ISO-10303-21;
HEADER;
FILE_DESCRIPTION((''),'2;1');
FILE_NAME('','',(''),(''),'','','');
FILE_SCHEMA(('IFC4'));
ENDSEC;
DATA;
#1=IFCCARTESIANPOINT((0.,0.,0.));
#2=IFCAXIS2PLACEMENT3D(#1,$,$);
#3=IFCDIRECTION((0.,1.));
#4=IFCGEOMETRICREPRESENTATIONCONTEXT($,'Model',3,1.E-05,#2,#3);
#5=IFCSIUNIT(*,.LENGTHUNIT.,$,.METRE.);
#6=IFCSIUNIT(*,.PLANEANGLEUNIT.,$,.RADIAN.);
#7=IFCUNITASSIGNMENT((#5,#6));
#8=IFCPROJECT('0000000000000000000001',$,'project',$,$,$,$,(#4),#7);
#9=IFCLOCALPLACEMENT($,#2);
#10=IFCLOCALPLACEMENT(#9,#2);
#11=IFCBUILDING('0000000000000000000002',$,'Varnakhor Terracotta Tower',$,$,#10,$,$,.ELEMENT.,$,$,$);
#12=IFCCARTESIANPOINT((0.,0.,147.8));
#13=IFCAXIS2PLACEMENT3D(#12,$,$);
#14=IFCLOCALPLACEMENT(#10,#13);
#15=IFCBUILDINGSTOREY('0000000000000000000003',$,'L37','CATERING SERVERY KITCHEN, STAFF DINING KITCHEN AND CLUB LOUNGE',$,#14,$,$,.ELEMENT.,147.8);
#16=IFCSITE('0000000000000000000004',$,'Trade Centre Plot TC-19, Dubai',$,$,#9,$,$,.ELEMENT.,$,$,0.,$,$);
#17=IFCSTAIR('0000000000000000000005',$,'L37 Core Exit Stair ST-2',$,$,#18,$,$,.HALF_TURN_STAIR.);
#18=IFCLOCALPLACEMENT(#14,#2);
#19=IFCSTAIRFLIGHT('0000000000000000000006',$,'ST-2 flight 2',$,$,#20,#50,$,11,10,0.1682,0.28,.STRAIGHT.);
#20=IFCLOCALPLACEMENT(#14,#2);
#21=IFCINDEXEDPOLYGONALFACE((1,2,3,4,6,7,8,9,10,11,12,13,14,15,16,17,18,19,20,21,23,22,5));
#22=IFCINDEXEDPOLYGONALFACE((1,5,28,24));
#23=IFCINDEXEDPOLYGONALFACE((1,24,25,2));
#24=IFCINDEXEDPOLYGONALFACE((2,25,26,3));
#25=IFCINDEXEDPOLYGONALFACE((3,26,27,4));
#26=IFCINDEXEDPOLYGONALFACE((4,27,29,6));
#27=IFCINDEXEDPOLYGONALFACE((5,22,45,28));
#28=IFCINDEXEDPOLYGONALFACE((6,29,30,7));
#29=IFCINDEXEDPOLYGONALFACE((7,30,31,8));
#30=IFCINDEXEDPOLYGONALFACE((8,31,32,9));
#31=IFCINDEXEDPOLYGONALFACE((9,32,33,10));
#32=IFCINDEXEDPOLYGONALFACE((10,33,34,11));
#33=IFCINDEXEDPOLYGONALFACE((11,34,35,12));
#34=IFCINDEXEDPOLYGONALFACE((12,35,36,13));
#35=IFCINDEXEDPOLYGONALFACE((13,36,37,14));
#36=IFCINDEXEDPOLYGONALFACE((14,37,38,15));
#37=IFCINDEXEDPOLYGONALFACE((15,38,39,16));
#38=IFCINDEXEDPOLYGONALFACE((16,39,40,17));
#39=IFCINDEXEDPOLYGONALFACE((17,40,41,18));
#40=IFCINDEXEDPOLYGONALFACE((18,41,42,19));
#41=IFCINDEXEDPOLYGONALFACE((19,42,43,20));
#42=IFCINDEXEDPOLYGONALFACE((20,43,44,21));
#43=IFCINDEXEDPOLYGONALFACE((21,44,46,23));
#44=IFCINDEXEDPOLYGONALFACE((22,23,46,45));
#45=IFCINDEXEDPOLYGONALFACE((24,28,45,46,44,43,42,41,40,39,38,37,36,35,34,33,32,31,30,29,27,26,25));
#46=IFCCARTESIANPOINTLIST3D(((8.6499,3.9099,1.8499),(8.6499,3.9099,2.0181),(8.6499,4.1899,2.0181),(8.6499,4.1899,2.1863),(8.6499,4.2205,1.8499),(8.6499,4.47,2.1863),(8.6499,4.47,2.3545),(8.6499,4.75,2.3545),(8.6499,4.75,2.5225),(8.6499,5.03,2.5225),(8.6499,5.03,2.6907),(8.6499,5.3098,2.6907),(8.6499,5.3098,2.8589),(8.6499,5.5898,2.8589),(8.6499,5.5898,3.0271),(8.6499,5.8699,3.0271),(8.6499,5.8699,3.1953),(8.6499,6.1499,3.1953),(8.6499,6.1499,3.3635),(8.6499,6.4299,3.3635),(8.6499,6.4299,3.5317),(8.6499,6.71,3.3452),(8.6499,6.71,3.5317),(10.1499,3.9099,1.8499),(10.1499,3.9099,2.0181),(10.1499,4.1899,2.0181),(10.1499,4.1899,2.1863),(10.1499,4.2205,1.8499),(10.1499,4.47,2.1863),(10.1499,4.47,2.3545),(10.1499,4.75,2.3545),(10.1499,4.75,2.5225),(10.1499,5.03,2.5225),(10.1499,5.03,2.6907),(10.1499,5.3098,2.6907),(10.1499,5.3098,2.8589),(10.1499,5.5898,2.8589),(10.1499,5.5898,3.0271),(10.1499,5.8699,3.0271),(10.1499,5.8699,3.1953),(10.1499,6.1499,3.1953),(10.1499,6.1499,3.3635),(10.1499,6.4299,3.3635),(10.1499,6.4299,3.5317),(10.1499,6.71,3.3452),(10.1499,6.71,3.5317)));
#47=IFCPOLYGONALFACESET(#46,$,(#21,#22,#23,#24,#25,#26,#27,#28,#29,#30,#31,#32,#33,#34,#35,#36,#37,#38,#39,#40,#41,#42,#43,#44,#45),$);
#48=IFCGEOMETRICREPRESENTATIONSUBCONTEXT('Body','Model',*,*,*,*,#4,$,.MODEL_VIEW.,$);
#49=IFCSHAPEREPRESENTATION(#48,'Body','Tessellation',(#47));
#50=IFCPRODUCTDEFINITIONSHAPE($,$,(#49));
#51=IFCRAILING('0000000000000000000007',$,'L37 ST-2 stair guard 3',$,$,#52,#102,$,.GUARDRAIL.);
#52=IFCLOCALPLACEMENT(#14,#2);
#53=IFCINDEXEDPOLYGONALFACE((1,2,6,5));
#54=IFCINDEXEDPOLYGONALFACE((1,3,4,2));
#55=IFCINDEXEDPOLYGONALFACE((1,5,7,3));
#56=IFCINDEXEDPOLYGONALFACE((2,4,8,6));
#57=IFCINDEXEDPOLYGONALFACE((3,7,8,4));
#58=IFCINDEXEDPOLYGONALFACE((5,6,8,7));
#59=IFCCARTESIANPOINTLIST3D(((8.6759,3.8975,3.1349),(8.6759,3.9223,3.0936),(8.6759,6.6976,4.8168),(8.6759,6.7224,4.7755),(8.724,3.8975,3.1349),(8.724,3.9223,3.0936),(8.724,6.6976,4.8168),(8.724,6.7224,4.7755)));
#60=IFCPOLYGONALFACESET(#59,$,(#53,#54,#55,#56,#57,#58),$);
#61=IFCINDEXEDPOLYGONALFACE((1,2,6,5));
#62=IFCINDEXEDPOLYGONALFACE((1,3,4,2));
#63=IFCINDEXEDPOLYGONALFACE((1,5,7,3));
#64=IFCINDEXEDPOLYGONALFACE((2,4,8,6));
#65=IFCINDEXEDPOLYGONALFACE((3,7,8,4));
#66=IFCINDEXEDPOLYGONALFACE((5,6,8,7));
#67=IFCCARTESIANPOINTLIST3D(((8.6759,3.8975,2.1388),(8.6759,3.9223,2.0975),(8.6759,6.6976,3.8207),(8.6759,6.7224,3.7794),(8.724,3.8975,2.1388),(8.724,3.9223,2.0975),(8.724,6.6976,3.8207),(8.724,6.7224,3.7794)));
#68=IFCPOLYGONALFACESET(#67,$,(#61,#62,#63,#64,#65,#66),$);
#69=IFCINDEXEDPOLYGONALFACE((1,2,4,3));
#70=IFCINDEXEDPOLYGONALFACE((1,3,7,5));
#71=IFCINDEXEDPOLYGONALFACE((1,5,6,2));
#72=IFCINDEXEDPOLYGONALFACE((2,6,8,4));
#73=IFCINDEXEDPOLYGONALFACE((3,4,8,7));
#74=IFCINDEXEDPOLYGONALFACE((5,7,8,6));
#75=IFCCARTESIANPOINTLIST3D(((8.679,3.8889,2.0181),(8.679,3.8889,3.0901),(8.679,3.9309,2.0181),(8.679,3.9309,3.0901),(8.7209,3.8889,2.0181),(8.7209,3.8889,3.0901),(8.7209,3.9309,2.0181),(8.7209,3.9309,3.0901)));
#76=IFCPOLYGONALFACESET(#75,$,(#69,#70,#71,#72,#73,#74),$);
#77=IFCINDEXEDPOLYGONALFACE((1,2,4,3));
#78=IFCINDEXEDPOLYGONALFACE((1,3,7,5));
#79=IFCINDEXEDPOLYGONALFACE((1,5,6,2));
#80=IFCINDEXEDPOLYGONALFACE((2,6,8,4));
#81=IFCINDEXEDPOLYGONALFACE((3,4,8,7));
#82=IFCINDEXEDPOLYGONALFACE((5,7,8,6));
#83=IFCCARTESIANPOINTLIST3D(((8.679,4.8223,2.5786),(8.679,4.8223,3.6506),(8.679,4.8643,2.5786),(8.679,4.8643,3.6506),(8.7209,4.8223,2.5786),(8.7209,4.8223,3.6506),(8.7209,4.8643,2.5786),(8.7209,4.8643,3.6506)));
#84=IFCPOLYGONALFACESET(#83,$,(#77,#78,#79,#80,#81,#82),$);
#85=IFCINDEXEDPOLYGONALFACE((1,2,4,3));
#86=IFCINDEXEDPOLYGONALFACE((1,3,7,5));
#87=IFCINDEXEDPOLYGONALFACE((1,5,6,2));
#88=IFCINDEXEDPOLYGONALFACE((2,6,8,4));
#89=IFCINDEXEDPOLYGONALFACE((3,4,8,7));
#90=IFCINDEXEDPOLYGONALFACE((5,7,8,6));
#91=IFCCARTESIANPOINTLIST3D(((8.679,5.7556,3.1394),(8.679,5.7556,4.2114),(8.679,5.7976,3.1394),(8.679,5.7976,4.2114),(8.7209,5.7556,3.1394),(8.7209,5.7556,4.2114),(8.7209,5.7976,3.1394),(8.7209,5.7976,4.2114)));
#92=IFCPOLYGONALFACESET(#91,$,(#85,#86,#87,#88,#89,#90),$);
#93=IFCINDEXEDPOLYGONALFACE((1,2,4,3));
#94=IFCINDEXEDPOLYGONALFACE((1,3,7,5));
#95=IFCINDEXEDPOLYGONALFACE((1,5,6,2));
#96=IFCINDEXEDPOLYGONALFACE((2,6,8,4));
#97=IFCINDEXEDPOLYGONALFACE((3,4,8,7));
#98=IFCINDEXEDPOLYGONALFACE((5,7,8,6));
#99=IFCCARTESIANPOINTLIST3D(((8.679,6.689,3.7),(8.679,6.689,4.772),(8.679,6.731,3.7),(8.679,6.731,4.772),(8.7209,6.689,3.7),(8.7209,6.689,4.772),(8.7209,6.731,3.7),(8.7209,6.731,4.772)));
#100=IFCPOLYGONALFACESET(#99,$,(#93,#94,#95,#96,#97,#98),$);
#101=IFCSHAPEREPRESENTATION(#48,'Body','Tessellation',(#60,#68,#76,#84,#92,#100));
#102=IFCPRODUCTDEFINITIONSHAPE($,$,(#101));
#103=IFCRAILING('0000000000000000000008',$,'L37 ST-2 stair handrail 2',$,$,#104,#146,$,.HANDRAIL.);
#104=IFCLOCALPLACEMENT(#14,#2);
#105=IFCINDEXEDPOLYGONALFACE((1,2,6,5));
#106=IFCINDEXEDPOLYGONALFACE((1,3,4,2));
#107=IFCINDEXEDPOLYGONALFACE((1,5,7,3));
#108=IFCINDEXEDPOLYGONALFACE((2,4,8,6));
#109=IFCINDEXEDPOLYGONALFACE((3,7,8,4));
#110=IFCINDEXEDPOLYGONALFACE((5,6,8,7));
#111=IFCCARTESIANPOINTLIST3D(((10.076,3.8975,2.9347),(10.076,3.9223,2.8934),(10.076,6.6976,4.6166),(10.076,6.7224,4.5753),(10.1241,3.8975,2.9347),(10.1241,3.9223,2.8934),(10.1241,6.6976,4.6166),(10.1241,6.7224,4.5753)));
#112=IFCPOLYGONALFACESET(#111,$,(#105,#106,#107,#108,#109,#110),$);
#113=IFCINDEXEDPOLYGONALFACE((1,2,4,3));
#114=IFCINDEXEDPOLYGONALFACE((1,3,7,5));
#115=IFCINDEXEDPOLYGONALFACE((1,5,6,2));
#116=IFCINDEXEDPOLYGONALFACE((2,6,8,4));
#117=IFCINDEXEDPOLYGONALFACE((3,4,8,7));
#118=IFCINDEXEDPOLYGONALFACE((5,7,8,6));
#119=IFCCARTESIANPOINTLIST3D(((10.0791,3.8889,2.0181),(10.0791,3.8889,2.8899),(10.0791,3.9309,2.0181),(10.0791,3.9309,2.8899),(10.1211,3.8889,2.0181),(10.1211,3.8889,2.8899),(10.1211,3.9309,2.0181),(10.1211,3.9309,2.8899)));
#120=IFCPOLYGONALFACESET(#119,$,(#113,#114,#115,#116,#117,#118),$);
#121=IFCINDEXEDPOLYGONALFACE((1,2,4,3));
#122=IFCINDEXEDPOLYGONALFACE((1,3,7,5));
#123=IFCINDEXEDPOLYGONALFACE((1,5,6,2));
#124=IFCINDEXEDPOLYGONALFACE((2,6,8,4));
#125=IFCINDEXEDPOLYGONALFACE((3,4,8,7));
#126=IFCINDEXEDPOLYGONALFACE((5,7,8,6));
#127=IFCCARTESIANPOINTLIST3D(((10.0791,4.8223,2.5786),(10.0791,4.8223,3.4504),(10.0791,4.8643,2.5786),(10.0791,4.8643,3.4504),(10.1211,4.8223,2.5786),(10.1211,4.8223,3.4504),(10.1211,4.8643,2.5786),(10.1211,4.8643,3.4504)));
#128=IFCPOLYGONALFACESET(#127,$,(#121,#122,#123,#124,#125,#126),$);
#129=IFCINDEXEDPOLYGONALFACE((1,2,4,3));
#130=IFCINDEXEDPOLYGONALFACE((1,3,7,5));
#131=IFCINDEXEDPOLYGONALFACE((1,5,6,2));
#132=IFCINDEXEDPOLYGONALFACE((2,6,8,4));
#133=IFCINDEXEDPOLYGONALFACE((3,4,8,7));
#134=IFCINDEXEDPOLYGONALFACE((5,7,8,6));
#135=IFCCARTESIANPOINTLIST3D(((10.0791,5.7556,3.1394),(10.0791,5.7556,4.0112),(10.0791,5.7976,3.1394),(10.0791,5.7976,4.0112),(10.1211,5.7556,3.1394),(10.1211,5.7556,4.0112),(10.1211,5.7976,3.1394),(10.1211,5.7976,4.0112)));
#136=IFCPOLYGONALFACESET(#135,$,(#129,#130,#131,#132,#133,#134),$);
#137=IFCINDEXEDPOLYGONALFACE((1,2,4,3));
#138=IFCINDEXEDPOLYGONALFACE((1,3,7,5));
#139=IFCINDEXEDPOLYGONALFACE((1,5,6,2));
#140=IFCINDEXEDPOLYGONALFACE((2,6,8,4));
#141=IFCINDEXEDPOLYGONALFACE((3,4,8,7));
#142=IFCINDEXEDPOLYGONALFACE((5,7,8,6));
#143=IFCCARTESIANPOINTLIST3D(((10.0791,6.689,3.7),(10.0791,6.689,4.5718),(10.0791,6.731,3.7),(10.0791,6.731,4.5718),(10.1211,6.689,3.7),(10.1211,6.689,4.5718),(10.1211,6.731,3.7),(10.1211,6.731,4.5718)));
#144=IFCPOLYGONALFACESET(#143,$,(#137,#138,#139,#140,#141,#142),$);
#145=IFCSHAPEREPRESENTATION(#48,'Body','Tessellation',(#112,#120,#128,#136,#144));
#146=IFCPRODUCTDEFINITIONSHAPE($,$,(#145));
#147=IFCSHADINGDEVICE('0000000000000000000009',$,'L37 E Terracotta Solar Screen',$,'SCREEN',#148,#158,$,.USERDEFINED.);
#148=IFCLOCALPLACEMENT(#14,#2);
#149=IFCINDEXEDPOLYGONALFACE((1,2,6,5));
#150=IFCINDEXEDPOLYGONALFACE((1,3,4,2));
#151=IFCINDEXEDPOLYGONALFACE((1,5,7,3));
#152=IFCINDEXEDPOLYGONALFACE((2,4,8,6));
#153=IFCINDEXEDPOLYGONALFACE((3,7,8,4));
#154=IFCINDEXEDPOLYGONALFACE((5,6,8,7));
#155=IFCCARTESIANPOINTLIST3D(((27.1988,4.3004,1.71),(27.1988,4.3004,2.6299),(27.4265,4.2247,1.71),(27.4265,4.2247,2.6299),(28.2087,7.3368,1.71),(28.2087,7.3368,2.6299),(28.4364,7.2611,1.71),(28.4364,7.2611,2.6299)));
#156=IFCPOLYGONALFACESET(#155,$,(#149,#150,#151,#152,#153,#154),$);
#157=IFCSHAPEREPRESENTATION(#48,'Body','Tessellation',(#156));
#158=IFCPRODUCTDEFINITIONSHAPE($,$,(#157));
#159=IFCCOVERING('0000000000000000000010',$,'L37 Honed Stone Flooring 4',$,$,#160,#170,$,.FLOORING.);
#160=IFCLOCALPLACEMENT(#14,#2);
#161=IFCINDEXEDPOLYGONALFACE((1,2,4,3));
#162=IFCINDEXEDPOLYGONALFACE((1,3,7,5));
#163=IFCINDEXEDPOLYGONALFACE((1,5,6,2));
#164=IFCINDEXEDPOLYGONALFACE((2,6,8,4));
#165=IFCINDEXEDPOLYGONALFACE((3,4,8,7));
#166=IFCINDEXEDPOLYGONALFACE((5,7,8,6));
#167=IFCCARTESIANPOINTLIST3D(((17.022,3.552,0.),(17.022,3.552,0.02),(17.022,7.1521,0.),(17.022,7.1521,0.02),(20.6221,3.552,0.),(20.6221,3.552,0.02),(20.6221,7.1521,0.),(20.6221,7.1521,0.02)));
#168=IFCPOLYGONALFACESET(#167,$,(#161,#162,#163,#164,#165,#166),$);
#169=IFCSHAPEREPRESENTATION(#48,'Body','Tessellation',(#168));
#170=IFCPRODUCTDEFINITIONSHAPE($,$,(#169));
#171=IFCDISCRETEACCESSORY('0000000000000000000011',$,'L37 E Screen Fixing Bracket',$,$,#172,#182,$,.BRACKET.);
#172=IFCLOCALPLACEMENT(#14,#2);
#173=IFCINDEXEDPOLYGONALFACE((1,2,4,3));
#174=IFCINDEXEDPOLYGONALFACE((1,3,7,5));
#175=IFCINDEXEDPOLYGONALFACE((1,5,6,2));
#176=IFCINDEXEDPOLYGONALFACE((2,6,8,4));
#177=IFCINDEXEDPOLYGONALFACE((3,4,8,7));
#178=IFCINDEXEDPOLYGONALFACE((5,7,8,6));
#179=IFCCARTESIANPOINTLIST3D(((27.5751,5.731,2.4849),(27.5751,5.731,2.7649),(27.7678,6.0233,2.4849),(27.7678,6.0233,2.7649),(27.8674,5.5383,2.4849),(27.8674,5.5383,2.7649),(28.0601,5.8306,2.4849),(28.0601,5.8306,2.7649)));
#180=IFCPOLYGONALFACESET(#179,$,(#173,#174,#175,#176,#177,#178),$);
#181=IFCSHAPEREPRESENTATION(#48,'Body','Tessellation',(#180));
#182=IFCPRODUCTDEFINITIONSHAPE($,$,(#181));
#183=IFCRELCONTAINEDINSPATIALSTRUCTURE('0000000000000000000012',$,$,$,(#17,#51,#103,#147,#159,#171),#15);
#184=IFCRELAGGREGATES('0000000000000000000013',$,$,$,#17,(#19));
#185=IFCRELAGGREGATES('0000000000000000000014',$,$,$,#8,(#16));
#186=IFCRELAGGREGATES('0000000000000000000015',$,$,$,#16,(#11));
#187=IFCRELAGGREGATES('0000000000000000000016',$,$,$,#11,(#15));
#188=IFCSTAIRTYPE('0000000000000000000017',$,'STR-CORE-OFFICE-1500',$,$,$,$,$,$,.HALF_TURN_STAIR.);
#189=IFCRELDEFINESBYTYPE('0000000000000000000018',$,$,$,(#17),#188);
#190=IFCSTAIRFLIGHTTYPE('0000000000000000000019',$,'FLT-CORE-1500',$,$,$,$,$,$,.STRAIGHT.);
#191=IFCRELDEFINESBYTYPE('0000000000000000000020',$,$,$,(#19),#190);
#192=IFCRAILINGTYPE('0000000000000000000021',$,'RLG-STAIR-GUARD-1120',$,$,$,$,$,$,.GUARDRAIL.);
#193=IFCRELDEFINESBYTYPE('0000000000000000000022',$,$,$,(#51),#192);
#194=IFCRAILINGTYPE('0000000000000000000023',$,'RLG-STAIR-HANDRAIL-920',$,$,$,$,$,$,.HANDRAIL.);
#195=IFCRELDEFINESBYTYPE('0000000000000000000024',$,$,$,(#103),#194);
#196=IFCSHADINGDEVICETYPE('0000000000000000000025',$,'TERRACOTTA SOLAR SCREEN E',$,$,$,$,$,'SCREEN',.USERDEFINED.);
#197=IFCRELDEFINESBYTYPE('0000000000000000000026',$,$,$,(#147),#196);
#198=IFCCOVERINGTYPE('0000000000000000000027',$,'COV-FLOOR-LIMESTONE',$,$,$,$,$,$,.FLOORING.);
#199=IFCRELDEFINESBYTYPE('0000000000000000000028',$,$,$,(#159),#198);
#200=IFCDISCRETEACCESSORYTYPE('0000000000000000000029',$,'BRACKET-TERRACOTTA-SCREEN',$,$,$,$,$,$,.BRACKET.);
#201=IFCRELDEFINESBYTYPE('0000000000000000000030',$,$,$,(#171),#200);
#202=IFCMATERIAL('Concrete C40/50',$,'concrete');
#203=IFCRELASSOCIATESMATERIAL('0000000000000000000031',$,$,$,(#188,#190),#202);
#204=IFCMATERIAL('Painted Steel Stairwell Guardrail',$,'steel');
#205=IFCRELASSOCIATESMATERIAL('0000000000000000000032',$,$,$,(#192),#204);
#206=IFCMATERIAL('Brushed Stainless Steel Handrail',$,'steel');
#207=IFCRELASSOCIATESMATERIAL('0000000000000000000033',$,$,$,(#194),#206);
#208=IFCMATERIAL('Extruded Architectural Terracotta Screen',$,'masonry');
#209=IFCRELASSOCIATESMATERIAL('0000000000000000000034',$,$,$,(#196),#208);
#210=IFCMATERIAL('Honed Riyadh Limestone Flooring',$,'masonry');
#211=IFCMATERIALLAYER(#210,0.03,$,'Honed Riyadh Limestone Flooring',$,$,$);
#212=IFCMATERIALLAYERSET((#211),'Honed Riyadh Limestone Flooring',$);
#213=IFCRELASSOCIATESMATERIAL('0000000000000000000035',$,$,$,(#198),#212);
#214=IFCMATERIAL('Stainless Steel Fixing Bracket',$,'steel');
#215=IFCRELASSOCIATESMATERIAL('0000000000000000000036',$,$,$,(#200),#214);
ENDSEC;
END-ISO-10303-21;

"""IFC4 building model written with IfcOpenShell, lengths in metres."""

from ifc_helpers import new_model, si_unit, direction, frame, origin, origin_2d, place, context, subcontext, project, spatial, polyline, rectangle, outline, extrude, source, transform, mapped, material, layer, layer_set, type_object, type_shapes, element, aggregate, save


model = new_model("IFC4")

# Units and contexts
model_context = context("Model", 3, precision=1e-05, world=origin(), true_north=direction((0.0, 1.0)))
body_context = subcontext(model_context, "Body", "Model", "MODEL_VIEW")
ifc_project = project(units=[si_unit("LENGTHUNIT", "METRE"), si_unit("PLANEANGLEUNIT", "RADIAN")], contexts=[model_context])

# Site, building, storey
site_placement = place(None, origin())
site = spatial("IfcSite", under=ifc_project, at=site_placement, Name="Trade Centre Plot TC-19, Dubai", CompositionType="ELEMENT", RefElevation=0.0)
building_placement = place(site_placement, origin())
building = spatial("IfcBuilding", under=site, at=building_placement, Name="Varnakhor Terracotta Tower", CompositionType="ELEMENT")
storey_placement = place(building_placement, frame((0.0, 0.0, 147.8)))
storey = spatial("IfcBuildingStorey", under=building, at=storey_placement, Name="L37", Description="CATERING SERVERY KITCHEN, STAFF DINING KITCHEN AND CLUB LOUNGE", CompositionType="ELEMENT", Elevation=147.8)

# Stair, stair flight
ifc_material_1 = material(Name="Concrete C40/50", Category="concrete")
stair_type = type_object("IfcStairType", Name="STR-CORE-OFFICE-1500", PredefinedType="HALF_TURN_STAIR", material=ifc_material_1)
stair_placement = place(storey_placement, origin())
stair = element("IfcStair", 1, at=stair_placement, inside=storey, type_object=stair_type, Name="L37 Core Exit Stair ST-2", PredefinedType="HALF_TURN_STAIR")
stair_flight_type = type_object("IfcStairFlightType", Name="FLT-CORE-1500", PredefinedType="STRAIGHT", material=ifc_material_1)
stair_flight_placement = place(storey_placement, frame((9.3999, 3.9099, 1.8499), z_axis=(0.0, 0.0, 1.0), x_axis=(0.0, 1.0, 0.0)))
stair_flight = element("IfcStairFlight", 2, at=stair_flight_placement, type_object=stair_flight_type, Name="ST-2 flight 2", NumberOfRisers=11, NumberOfTreads=10, PredefinedType="STRAIGHT", RiserHeight=0.1682, TreadLength=0.28, context=body_context, shape_type="SweptSolid", body=[
    extrude(outline(polyline([(0.0, 0.0), (0.0, 0.1682), (0.28, 0.1682), (0.28, 0.3364), (0.5601, 0.3364), (0.5601, 0.5046), (0.8401, 0.5046), (0.8401, 0.6726), (1.1201, 0.6726), (1.1201, 0.8408), (1.3999, 0.8408), (1.3999, 1.009), (1.6799, 1.009), (1.6799, 1.1772), (1.96, 1.1772), (1.96, 1.3455), (2.24, 1.3455), (2.24, 1.5137), (2.52, 1.5137), (2.52, 1.6819), (2.8, 1.6819), (2.8, 1.8501), (2.8, 1.4954), (0.3105, 0.0), (0.0, 0.0)])), frame((0.0, 0.75, 0.0), z_axis=(0.0, -1.0, 0.0), x_axis=(1.0, 0.0, 0.0)), (0.0, 0.0, 1.0), 1.5),
])
aggregate(stair, [stair_flight])

# Railings
ifc_material_2 = material(Name="Painted Steel Stairwell Guardrail", Category="steel")
railing_type_1 = type_object("IfcRailingType", Name="RLG-STAIR-GUARD-1120", PredefinedType="GUARDRAIL", material=ifc_material_2)
railing_1_placement = place(storey_placement, frame((8.7, 3.9099, 2.0181)))
element("IfcRailing", 3, at=railing_1_placement, inside=storey, type_object=railing_type_1, Name="L37 ST-2 stair guard 3", PredefinedType="GUARDRAIL", context=body_context, shape_type="SweptSolid", body=[
    extrude(rectangle(XDim=0.0481, YDim=0.0481, at=origin_2d()), frame((0.0, 0.0, 1.0962), z_axis=(0.0, 0.857242, 0.514913), x_axis=(-1.0, 0.0, 0.0)), (0.0, 0.0, 1.0), 3.2664),
    extrude(rectangle(XDim=0.0481, YDim=0.0481, at=origin_2d()), frame((0.0, 0.0, 0.1001), z_axis=(0.0, 0.857242, 0.514913), x_axis=(-1.0, 0.0, 0.0)), (0.0, 0.0, 1.0), 3.2664),
    extrude(rectangle(XDim=0.042, YDim=0.042, at=origin_2d()), origin(), (0.0, 0.0, 1.0), 1.072),
    extrude(rectangle(XDim=0.042, YDim=0.042, at=origin_2d()), frame((0.0, 0.9333, 0.5605)), (0.0, 0.0, 1.0), 1.072),
    extrude(rectangle(XDim=0.042, YDim=0.042, at=origin_2d()), frame((0.0, 1.8667, 1.1213)), (0.0, 0.0, 1.0), 1.072),
    extrude(rectangle(XDim=0.042, YDim=0.042, at=origin_2d()), frame((0.0, 2.8, 1.6819)), (0.0, 0.0, 1.0), 1.072),
])
ifc_material_3 = material(Name="Brushed Stainless Steel Handrail", Category="steel")
railing_type_2 = type_object("IfcRailingType", Name="RLG-STAIR-HANDRAIL-920", PredefinedType="HANDRAIL", material=ifc_material_3)
railing_2_placement = place(storey_placement, frame((10.1001, 3.9099, 2.0181)))
element("IfcRailing", 4, at=railing_2_placement, inside=storey, type_object=railing_type_2, Name="L37 ST-2 stair handrail 2", PredefinedType="HANDRAIL", context=body_context, shape_type="SweptSolid", body=[
    extrude(rectangle(XDim=0.0481, YDim=0.0481, at=origin_2d()), frame((0.0, 0.0, 0.896), z_axis=(0.0, 0.857242, 0.514913), x_axis=(-1.0, 0.0, 0.0)), (0.0, 0.0, 1.0), 3.2664),
    extrude(rectangle(XDim=0.042, YDim=0.042, at=origin_2d()), origin(), (0.0, 0.0, 1.0), 0.8718),
    extrude(rectangle(XDim=0.042, YDim=0.042, at=origin_2d()), frame((0.0, 0.9333, 0.5605)), (0.0, 0.0, 1.0), 0.8718),
    extrude(rectangle(XDim=0.042, YDim=0.042, at=origin_2d()), frame((0.0, 1.8667, 1.1213)), (0.0, 0.0, 1.0), 0.8718),
    extrude(rectangle(XDim=0.042, YDim=0.042, at=origin_2d()), frame((0.0, 2.8, 1.6819)), (0.0, 0.0, 1.0), 0.8718),
])

# Shading device
ifc_material_4 = material(Name="Extruded Architectural Terracotta Screen", Category="masonry")
shading_device_type = type_object("IfcShadingDeviceType", Name="TERRACOTTA SOLAR SCREEN E", ElementType="SCREEN", PredefinedType="USERDEFINED", material=ifc_material_4)
shared_shape_1 = source(origin(), body_context, "Body", "SweptSolid", [
    extrude(rectangle(XDim=3.2, YDim=0.24, at=origin_2d()), origin(), (0.0, 0.0, 1.0), 0.9199),
])
type_shapes(shading_device_type, [shared_shape_1])
shading_device_placement = place(storey_placement, frame((27.8176, 5.7808, 1.71), z_axis=(0.0, 0.0, 1.0), x_axis=(0.315599, 0.948893, 0.0)))
element("IfcShadingDevice", 5, at=shading_device_placement, inside=storey, type_object=shading_device_type, Name="L37 E Terracotta Solar Screen", ObjectType="SCREEN", PredefinedType="USERDEFINED", context=body_context, shape_type="MappedRepresentation", body=[
    mapped(shared_shape_1, transform((0.0, 0.0, 0.0), scale=1.0)),
])

# Covering
ifc_material_5 = material(Name="Honed Riyadh Limestone Flooring", Category="masonry")
ifc_layer_1 = layer(ifc_material_5, 0.03, Name="Honed Riyadh Limestone Flooring")
ifc_layer_set_1 = layer_set([ifc_layer_1], Name="Honed Riyadh Limestone Flooring")
covering_type = type_object("IfcCoveringType", Name="COV-FLOOR-LIMESTONE", PredefinedType="FLOORING", material=ifc_layer_set_1)
shared_shape_2 = source(origin(), body_context, "Body", "SweptSolid", [
    extrude(rectangle(XDim=3.6001, YDim=3.6001, at=origin_2d()), origin(), (0.0, 0.0, 1.0), 0.02),
])
covering_placement = place(storey_placement, frame((18.822, 5.3521, 0.0), z_axis=(0.0, 0.0, 1.0), x_axis=(1.0, 0.0, 0.0)))
element("IfcCovering", 6, at=covering_placement, inside=storey, type_object=covering_type, Name="L37 Honed Stone Flooring 4", PredefinedType="FLOORING", context=body_context, shape_type="MappedRepresentation", body=[
    mapped(shared_shape_2, transform((0.0, 0.0, 0.0), scale=1.0)),
])

# Discrete accessory
ifc_material_6 = material(Name="Stainless Steel Fixing Bracket", Category="steel")
discrete_accessory_type = type_object("IfcDiscreteAccessoryType", Name="BRACKET-TERRACOTTA-SCREEN", PredefinedType="BRACKET", material=ifc_material_6)
shared_shape_3 = source(origin(), body_context, "Body", "SweptSolid", [
    extrude(rectangle(XDim=0.3501, YDim=0.3501, at=origin_2d()), origin(), (0.0, 0.0, 1.0), 0.28),
])
type_shapes(discrete_accessory_type, [shared_shape_3])
discrete_accessory_placement = place(storey_placement, frame((27.8176, 5.7808, 2.4849), z_axis=(0.0, 0.0, 1.0), x_axis=(0.550437, 0.834877, 0.0)))
element("IfcDiscreteAccessory", 7, at=discrete_accessory_placement, inside=storey, type_object=discrete_accessory_type, Name="L37 E Screen Fixing Bracket", PredefinedType="BRACKET", context=body_context, shape_type="MappedRepresentation", body=[
    mapped(shared_shape_3, transform((0.0, 0.0, 0.0), scale=1.0)),
])

save(model, "model.ifc")
